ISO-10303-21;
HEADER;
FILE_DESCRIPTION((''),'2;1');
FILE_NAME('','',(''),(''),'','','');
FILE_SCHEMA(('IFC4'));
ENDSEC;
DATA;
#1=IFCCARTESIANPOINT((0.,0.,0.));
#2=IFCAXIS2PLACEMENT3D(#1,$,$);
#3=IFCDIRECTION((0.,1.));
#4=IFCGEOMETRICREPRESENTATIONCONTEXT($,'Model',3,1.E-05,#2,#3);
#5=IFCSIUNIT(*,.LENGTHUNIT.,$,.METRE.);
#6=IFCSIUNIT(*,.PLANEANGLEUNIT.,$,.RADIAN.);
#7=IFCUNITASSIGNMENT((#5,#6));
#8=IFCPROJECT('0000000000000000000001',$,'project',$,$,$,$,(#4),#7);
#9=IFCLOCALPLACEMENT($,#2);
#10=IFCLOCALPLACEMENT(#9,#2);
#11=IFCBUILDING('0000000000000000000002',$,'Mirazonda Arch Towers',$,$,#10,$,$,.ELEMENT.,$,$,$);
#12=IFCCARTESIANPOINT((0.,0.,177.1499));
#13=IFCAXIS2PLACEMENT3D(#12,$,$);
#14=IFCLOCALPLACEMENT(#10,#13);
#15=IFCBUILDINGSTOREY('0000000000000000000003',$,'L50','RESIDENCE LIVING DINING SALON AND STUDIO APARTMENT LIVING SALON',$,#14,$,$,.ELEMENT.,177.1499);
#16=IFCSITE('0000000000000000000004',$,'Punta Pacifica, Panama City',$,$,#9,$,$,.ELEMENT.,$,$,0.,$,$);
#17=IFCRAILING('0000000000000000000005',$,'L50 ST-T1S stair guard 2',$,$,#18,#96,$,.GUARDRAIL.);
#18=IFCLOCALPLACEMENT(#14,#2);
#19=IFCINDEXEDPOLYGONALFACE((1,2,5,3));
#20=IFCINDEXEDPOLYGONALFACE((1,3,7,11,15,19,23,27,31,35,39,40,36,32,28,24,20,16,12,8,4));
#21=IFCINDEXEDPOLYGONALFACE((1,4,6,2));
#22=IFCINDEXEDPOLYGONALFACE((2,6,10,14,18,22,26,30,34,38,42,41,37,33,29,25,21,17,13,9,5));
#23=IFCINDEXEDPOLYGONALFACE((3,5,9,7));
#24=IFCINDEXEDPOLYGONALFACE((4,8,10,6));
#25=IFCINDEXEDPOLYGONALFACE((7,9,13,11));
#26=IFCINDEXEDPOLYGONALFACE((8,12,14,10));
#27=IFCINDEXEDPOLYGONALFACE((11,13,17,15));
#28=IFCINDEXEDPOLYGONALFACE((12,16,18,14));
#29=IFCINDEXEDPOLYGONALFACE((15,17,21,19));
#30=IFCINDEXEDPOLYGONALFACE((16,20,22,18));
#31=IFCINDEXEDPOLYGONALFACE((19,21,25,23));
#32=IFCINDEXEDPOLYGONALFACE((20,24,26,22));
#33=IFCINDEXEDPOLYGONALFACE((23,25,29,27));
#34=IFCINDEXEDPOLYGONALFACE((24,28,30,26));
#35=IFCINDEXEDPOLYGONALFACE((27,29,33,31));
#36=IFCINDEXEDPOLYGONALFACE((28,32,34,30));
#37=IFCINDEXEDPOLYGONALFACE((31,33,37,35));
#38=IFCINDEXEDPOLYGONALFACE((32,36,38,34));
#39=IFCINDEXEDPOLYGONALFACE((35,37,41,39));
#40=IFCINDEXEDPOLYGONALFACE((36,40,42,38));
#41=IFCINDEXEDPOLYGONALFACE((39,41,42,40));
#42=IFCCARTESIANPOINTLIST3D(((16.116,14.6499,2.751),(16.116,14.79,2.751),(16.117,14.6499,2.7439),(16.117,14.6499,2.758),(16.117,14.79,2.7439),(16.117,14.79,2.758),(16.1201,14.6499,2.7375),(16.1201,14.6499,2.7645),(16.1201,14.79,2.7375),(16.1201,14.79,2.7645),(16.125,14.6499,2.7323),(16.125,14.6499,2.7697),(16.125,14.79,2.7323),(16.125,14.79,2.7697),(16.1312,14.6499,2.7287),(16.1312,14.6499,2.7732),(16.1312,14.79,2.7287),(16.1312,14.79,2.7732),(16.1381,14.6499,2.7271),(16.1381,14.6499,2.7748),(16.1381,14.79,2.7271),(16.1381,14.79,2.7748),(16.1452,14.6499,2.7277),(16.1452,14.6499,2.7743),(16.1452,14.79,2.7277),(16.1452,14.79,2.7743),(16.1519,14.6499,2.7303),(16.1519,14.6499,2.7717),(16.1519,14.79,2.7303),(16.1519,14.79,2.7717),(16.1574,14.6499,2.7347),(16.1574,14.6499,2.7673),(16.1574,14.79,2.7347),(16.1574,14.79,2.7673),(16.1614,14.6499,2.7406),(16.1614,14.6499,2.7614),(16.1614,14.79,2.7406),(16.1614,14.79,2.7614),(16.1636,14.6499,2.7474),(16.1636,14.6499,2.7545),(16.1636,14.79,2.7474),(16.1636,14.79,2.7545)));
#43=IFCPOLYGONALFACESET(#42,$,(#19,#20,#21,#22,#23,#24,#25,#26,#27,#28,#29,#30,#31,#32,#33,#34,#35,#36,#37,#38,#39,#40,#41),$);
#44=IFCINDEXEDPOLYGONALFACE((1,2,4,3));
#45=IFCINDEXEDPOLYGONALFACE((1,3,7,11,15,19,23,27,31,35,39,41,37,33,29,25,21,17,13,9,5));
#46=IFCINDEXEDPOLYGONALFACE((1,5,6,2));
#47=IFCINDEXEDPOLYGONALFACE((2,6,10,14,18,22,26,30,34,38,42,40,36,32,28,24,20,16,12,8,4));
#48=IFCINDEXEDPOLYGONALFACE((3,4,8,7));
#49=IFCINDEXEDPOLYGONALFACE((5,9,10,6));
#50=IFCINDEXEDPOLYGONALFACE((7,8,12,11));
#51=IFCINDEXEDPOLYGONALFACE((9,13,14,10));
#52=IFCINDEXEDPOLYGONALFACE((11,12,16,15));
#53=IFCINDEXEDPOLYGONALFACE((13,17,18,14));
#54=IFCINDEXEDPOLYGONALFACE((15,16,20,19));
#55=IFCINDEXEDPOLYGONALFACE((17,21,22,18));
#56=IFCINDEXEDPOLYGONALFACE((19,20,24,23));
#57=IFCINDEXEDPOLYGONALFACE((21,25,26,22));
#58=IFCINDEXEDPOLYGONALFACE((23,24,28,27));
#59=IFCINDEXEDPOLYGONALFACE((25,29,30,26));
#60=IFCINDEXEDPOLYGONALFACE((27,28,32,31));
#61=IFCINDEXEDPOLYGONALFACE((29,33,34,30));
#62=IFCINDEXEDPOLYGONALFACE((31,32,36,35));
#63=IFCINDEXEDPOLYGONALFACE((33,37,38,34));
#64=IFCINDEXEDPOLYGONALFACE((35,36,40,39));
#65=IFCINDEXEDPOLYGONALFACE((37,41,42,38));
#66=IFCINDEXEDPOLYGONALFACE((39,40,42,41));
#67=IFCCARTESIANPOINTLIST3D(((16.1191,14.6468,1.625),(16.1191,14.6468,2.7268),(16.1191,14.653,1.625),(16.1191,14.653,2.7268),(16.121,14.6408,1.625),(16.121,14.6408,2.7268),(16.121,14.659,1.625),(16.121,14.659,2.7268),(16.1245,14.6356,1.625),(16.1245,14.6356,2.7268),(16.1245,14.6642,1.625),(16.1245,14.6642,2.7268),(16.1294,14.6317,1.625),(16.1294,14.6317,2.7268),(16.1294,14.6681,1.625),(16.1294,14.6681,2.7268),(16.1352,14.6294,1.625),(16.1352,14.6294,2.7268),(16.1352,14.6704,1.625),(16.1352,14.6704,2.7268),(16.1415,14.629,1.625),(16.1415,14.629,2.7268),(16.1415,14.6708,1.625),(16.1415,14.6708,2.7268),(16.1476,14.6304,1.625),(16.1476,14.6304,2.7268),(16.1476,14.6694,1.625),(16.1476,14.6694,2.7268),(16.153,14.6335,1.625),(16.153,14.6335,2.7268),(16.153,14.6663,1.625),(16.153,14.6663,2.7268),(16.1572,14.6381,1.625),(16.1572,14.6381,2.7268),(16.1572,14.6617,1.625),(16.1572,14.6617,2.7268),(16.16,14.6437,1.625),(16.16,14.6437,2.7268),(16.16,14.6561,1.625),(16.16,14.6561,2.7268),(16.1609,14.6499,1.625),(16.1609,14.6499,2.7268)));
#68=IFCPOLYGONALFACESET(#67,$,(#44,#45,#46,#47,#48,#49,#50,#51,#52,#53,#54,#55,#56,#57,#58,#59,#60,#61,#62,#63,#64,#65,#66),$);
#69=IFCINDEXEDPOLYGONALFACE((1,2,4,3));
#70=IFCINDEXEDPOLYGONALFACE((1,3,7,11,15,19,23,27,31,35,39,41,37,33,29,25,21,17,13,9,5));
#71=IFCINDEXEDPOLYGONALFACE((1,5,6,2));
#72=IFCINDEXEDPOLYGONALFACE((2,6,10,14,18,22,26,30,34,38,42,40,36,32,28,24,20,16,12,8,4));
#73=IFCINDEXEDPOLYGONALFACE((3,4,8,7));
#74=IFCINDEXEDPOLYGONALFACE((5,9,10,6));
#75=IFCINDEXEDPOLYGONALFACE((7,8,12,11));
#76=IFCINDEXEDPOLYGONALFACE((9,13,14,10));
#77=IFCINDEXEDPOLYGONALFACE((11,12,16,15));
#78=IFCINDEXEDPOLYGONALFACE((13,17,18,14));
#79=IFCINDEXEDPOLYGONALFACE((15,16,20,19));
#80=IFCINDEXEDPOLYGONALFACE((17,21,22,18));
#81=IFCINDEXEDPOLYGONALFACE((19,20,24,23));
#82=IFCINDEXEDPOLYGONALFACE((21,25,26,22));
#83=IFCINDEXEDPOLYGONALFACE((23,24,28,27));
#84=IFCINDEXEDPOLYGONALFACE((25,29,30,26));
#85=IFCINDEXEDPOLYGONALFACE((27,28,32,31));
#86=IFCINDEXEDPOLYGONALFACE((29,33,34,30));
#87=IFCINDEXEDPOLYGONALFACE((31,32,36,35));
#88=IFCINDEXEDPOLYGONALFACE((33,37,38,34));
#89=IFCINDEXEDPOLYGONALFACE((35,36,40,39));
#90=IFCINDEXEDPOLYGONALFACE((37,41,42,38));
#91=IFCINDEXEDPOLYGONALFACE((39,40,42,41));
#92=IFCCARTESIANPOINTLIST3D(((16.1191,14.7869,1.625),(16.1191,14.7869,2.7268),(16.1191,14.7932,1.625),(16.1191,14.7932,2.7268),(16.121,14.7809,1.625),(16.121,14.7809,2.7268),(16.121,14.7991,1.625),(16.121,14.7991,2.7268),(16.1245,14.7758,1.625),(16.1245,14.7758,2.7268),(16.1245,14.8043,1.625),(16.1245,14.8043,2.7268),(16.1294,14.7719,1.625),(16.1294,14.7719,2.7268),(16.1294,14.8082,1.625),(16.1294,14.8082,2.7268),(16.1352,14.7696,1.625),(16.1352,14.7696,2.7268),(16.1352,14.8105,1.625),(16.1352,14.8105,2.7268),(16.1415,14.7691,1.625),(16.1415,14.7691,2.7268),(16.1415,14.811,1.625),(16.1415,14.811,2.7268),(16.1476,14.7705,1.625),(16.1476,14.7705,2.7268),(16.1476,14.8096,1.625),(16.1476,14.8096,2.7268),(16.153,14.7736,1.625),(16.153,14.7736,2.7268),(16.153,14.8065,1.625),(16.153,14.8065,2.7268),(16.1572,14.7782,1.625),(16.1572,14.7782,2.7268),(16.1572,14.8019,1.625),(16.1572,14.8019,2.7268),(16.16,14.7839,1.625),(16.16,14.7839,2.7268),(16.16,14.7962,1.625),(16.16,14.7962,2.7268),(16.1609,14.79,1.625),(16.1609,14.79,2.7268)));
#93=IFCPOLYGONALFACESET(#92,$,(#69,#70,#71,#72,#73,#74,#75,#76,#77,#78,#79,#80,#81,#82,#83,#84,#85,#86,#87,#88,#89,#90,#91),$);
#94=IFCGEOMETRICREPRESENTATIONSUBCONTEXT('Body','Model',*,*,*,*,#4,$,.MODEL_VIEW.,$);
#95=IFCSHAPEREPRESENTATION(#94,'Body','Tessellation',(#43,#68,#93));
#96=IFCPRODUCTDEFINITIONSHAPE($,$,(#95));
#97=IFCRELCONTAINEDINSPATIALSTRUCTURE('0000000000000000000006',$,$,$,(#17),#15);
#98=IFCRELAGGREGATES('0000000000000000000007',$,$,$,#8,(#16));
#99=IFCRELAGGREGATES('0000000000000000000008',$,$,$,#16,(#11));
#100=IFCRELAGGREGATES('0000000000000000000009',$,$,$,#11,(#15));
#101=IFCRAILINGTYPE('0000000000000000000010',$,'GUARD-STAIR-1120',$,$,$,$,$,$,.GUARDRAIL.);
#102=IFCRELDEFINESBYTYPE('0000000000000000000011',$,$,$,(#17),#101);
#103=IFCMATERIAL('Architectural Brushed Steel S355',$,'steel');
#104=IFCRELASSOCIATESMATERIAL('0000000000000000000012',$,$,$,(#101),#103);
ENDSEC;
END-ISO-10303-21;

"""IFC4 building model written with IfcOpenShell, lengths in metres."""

from ifc_helpers import new_model, si_unit, direction, frame, origin, origin_2d, place, context, subcontext, project, spatial, circle, extrude, material, type_object, element, save


model = new_model("IFC4")

# Units and contexts
model_context = context("Model", 3, precision=1e-05, world=origin(), true_north=direction((0.0, 1.0)))
body_context = subcontext(model_context, "Body", "Model", "MODEL_VIEW")
ifc_project = project(units=[si_unit("LENGTHUNIT", "METRE"), si_unit("PLANEANGLEUNIT", "RADIAN")], contexts=[model_context])

# Site, building, storey
site_placement = place(None, origin())
site = spatial("IfcSite", under=ifc_project, at=site_placement, Name="Punta Pacifica, Panama City", CompositionType="ELEMENT", RefElevation=0.0)
building_placement = place(site_placement, origin())
building = spatial("IfcBuilding", under=site, at=building_placement, Name="Mirazonda Arch Towers", CompositionType="ELEMENT")
storey_placement = place(building_placement, frame((0.0, 0.0, 177.1499)))
storey = spatial("IfcBuildingStorey", under=building, at=storey_placement, Name="L50", Description="RESIDENCE LIVING DINING SALON AND STUDIO APARTMENT LIVING SALON", CompositionType="ELEMENT", Elevation=177.1499)

# Shared definitions
ifc_material_1 = material(Name="Architectural Brushed Steel S355", Category="steel")

# Railing
railing_type_1 = type_object("IfcRailingType", Name="GUARD-STAIR-1120", PredefinedType="GUARDRAIL", material=ifc_material_1)
railing_1_placement = place(storey_placement, frame((16.1399, 14.6499, 1.625)))
element("IfcRailing", 1, at=railing_1_placement, inside=storey, type_object=railing_type_1, Name="L50 ST-T1S stair guard 2", PredefinedType="GUARDRAIL", context=body_context, shape_type="SweptSolid", body=[
    extrude(circle(Radius=0.0239, at=origin_2d()), frame((0.0, 0.0, 1.126), z_axis=(0.0, 1.0, 0.0), x_axis=(-1.0, 0.0, 0.0)), (0.0, 0.0, 1.0), 0.1401),
    extrude(circle(Radius=0.021, at=origin_2d()), origin(), (0.0, 0.0, 1.0), 1.1018),
    extrude(circle(Radius=0.021, at=origin_2d()), frame((0.0, 0.1401, 0.0)), (0.0, 0.0, 1.0), 1.1018),
])

save(model, "model.ifc")
